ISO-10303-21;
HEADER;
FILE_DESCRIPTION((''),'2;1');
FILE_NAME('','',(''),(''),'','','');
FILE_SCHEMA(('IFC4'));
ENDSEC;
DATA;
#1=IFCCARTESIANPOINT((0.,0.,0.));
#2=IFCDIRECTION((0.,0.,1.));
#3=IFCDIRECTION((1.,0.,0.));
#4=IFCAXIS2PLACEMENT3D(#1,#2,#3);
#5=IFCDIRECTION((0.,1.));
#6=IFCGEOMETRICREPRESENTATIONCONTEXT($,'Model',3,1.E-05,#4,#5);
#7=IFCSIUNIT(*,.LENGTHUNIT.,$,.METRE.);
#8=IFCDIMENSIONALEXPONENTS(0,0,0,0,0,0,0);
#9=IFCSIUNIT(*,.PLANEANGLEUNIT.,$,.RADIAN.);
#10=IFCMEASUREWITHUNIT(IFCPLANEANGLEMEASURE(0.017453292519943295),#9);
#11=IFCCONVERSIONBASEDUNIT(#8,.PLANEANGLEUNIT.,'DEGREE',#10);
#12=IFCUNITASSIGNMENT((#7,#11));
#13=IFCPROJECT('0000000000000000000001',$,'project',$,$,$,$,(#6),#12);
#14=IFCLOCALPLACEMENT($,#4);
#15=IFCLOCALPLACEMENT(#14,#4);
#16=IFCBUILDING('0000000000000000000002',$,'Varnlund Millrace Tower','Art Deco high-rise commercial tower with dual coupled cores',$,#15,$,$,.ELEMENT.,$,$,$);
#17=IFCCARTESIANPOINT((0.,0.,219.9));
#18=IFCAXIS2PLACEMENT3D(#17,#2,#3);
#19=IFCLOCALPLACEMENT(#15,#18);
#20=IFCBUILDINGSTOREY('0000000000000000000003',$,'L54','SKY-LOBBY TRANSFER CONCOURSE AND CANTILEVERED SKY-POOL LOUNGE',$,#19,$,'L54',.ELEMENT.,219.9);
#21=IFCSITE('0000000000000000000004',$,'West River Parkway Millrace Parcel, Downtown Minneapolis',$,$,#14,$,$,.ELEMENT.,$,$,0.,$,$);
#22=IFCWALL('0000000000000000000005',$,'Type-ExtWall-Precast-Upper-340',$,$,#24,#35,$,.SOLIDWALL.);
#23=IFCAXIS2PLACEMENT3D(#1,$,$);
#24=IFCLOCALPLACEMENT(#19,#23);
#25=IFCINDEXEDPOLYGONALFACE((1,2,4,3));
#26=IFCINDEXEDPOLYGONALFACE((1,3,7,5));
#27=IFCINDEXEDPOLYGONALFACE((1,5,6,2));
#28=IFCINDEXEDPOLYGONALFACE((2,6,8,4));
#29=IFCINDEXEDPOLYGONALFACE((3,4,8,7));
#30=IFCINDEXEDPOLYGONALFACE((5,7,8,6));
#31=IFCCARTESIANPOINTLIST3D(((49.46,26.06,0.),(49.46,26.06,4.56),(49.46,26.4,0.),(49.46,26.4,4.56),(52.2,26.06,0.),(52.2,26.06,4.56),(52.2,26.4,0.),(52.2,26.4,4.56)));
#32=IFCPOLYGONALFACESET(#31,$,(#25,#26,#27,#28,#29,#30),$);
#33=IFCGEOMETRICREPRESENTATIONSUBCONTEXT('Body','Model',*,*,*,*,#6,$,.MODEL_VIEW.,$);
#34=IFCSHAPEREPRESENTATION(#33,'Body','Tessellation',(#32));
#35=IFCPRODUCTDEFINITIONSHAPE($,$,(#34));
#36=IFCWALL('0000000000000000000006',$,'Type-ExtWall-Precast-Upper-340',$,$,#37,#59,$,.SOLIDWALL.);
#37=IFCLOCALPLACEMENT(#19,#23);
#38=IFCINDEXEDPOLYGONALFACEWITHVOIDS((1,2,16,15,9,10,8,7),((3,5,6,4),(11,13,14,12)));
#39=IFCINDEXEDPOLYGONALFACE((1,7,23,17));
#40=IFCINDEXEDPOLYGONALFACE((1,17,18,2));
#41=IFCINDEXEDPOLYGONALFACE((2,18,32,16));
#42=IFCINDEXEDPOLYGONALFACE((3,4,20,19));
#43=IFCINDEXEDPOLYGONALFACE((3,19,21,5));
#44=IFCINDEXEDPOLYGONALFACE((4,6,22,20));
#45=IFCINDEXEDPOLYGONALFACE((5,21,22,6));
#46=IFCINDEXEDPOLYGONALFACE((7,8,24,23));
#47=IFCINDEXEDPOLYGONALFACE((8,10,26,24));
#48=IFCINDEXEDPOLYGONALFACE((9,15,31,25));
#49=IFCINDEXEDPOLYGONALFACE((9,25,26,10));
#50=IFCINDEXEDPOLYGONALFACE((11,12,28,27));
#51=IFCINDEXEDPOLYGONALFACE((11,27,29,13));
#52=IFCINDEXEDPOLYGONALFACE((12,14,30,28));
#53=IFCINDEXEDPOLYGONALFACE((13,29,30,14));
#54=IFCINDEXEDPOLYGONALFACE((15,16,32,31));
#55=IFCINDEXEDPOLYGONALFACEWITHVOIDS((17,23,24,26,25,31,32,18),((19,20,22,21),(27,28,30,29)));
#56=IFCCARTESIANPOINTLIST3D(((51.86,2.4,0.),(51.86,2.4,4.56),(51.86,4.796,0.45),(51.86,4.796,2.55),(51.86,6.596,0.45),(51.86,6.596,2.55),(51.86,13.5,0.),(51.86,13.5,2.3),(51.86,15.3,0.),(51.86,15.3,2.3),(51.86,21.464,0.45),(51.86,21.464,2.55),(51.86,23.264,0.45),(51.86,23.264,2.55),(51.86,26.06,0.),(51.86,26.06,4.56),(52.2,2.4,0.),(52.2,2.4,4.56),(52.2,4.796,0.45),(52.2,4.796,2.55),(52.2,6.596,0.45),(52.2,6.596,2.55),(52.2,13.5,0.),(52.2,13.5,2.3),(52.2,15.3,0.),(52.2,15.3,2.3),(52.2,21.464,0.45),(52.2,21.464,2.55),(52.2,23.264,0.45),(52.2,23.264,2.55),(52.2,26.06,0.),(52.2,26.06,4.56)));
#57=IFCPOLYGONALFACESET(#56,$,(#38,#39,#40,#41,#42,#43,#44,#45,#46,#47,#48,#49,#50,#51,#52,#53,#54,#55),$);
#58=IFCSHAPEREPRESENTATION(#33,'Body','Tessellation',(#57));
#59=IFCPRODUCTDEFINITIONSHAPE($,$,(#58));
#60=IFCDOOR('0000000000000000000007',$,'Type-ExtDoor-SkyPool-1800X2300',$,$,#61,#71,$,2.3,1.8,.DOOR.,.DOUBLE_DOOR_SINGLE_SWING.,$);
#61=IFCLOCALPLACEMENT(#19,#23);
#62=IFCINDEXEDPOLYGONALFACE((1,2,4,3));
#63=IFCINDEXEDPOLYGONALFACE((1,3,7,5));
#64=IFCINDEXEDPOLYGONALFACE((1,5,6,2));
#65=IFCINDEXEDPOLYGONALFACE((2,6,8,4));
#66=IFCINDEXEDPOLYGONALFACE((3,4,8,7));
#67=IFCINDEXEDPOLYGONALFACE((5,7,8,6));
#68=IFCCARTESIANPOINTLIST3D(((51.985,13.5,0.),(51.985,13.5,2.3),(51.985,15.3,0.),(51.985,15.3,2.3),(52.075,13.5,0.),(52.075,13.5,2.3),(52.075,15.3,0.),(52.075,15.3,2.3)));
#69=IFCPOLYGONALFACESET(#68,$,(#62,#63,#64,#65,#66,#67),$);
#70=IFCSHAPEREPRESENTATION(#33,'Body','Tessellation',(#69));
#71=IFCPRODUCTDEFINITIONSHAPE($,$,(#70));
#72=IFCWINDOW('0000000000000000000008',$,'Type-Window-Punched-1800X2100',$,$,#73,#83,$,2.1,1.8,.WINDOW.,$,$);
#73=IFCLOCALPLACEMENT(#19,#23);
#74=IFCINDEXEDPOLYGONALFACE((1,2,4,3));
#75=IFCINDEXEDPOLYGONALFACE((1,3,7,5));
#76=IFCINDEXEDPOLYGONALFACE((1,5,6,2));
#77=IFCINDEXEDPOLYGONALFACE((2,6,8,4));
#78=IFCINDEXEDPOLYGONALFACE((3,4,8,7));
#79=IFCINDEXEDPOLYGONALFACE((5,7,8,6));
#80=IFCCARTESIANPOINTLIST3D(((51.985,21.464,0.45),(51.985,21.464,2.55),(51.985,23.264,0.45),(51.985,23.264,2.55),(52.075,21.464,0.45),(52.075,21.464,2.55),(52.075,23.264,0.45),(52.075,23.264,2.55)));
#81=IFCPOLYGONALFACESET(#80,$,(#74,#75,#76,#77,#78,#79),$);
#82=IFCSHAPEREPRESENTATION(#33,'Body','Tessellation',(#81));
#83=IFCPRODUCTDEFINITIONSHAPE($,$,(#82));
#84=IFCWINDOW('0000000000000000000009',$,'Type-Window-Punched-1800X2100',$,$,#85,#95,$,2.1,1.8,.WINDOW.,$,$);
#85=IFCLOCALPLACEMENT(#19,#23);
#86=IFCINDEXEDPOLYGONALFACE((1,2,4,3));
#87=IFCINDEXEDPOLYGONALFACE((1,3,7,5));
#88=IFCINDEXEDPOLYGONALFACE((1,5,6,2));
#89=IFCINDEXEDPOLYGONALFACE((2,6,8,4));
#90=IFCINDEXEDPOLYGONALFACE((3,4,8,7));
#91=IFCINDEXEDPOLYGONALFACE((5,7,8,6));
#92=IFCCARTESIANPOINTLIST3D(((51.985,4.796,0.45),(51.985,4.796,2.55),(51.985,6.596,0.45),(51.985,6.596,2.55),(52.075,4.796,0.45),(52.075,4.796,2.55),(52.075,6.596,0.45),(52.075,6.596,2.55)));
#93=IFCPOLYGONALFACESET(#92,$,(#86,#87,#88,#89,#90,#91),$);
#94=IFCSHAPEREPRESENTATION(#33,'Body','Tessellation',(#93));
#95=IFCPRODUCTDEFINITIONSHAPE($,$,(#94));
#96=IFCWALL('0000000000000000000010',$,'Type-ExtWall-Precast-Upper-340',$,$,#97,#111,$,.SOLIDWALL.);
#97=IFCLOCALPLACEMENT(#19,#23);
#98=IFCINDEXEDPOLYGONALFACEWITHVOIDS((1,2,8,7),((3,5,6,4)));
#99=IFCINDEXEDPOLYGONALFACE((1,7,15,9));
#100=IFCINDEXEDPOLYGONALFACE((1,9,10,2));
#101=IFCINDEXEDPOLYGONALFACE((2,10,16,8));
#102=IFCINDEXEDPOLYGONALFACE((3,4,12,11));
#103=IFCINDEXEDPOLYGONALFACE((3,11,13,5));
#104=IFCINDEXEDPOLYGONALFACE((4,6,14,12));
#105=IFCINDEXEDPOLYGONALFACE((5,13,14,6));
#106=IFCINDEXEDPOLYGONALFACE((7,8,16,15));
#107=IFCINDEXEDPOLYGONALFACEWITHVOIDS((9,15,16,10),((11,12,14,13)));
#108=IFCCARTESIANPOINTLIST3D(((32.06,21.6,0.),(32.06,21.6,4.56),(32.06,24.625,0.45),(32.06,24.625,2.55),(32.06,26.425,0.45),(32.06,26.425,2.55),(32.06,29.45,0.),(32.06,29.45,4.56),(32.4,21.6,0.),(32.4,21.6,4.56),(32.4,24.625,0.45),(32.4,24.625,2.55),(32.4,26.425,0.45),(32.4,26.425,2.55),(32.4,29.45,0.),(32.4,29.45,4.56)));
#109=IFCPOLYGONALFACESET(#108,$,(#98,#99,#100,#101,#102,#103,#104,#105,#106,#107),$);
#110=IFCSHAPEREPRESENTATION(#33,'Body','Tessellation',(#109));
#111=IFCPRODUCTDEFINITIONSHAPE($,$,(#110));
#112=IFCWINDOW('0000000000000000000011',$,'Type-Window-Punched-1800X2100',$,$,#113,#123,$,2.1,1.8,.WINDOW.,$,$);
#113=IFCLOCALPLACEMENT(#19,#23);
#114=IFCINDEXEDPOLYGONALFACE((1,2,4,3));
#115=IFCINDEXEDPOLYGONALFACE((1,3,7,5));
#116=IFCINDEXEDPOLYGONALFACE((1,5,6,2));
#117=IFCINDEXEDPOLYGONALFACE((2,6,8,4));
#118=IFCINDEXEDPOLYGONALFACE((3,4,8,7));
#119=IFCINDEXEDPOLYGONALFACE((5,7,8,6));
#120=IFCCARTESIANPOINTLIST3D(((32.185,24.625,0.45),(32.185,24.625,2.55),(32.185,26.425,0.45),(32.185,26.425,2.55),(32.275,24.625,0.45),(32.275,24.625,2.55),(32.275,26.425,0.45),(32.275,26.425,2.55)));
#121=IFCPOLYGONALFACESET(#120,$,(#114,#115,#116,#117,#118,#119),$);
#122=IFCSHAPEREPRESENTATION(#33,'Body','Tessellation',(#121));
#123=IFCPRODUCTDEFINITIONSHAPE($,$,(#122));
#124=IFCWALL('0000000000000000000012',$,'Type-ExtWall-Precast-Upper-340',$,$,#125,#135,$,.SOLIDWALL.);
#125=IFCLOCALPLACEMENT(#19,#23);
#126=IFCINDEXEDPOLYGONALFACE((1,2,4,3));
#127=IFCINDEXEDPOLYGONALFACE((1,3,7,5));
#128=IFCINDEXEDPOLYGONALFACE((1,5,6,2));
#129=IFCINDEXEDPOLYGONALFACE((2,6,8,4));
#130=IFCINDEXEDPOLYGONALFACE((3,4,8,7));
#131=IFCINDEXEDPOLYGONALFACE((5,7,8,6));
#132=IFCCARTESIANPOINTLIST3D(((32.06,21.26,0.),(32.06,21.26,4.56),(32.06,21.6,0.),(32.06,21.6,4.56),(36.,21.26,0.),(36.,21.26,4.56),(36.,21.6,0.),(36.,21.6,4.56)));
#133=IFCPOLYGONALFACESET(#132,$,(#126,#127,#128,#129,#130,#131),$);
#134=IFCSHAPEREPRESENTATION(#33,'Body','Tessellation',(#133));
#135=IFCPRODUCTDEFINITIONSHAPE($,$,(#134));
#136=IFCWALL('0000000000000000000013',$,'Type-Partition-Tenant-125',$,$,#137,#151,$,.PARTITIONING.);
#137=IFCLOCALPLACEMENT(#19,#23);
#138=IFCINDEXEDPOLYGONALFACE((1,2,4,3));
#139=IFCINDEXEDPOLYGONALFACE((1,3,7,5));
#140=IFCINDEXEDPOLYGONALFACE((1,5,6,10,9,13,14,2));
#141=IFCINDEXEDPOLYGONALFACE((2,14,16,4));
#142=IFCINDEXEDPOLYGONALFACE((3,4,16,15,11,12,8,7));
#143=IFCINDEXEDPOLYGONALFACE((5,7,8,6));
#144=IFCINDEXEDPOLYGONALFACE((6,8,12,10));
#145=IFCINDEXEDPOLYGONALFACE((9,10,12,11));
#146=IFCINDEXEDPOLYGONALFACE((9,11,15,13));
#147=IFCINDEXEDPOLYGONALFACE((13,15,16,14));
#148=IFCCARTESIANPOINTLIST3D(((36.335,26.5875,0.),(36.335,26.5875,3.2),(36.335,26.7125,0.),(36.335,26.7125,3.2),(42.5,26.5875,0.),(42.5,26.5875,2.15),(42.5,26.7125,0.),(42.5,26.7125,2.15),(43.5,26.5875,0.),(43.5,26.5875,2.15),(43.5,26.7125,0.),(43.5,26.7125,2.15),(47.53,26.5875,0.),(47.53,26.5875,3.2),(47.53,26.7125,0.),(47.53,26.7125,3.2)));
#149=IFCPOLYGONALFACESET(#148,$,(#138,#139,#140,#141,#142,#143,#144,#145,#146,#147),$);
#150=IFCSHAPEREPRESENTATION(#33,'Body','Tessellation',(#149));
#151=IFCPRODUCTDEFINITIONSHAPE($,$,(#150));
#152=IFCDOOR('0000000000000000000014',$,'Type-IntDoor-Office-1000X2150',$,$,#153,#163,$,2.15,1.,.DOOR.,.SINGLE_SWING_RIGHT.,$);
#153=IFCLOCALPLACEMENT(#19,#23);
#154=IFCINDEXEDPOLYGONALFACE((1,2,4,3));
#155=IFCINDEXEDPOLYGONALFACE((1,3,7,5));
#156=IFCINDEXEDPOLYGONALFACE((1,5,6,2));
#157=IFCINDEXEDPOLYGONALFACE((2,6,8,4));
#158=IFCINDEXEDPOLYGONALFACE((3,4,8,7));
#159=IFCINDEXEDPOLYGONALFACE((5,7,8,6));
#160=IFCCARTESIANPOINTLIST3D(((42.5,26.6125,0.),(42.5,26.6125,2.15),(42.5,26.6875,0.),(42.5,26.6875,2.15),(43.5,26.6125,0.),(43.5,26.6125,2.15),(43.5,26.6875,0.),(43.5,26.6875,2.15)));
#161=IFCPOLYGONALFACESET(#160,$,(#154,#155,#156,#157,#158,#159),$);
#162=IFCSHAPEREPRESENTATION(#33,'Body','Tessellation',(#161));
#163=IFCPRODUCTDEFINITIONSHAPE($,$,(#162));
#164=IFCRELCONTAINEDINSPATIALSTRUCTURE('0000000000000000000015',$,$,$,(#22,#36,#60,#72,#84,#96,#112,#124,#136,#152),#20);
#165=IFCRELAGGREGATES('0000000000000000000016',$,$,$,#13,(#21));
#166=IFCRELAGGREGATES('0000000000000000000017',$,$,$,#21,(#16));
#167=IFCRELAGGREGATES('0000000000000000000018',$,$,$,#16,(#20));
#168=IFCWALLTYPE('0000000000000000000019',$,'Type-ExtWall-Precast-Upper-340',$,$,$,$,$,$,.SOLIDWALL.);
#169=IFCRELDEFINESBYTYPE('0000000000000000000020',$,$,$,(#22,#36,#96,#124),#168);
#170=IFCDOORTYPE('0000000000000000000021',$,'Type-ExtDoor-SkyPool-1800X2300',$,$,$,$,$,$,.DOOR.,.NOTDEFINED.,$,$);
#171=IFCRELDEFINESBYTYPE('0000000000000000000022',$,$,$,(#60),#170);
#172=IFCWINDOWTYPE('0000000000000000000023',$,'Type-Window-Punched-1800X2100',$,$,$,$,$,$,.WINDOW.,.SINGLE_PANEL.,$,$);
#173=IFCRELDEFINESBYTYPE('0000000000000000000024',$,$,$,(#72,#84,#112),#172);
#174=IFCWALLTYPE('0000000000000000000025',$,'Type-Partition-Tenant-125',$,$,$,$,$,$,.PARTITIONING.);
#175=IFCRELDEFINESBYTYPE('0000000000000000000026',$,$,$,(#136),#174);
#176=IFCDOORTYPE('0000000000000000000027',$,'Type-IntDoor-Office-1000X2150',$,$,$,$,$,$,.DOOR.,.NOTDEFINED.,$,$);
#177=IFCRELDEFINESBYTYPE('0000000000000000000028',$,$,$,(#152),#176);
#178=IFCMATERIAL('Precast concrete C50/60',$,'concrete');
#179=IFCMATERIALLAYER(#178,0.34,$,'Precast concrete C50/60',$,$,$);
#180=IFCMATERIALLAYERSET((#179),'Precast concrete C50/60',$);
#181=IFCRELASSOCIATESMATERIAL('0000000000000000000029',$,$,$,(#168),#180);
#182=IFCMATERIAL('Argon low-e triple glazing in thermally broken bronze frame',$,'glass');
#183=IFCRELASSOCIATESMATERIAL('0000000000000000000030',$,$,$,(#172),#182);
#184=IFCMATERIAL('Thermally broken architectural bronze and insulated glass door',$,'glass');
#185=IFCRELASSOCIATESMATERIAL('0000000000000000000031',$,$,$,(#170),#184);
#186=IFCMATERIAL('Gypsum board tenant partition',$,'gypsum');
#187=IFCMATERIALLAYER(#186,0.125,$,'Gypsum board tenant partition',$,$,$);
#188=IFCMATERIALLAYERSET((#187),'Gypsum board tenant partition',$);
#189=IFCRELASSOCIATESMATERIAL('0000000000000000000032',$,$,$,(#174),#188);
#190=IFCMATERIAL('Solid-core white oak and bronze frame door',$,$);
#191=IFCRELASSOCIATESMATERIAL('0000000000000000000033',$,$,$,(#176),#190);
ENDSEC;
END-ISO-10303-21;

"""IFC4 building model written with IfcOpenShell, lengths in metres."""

from ifc_helpers import new_model, entity, si_unit, converted_unit, direction, frame, origin_with_axes, origin_2d_with_axis, place, context, subcontext, project, spatial, polyline, rectangle, outline, extrude, material, layer, layer_set, type_object, element, fill, save


model = new_model("IFC4")

# Units and contexts
model_context = context("Model", 3, precision=1e-05, world=origin_with_axes(), true_north=direction((0.0, 1.0)))
body_context = subcontext(model_context, "Body", "Model", "MODEL_VIEW")
ifc_project = project(units=[si_unit("LENGTHUNIT", "METRE"), converted_unit("PLANEANGLEUNIT", "DEGREE", entity("IfcPlaneAngleMeasure", 0.017453292519943295), si_unit("PLANEANGLEUNIT", "RADIAN"), dimensions=[0, 0, 0, 0, 0, 0, 0])], contexts=[model_context])

# Site, building, storey
site_placement = place(None, origin_with_axes())
site = spatial("IfcSite", under=ifc_project, at=site_placement, Name="West River Parkway Millrace Parcel, Downtown Minneapolis", CompositionType="ELEMENT", RefElevation=0.0)
building_placement = place(site_placement, origin_with_axes())
building = spatial("IfcBuilding", under=site, at=building_placement, Name="Varnlund Millrace Tower", Description="Art Deco high-rise commercial tower with dual coupled cores", CompositionType="ELEMENT")
storey_placement = place(building_placement, frame((0.0, 0.0, 219.9), z_axis=(0.0, 0.0, 1.0), x_axis=(1.0, 0.0, 0.0)))
storey = spatial("IfcBuildingStorey", under=building, at=storey_placement, Name="L54", Description="SKY-LOBBY TRANSFER CONCOURSE AND CANTILEVERED SKY-POOL LOUNGE", LongName="L54", CompositionType="ELEMENT", Elevation=219.9)

# Shared definitions
ifc_material_1 = material(Name="Precast concrete C50/60", Category="concrete")
ifc_layer_1 = layer(ifc_material_1, 0.34, Name="Precast concrete C50/60")
ifc_layer_set_1 = layer_set([ifc_layer_1], Name="Precast concrete C50/60")
wall_type_1 = type_object("IfcWallType", Name="Type-ExtWall-Precast-Upper-340", PredefinedType="SOLIDWALL", material=ifc_layer_set_1)
ifc_material_2 = material(Name="Argon low-e triple glazing in thermally broken bronze frame", Category="glass")
window_type = type_object("IfcWindowType", Name="Type-Window-Punched-1800X2100", PartitioningType="SINGLE_PANEL", PredefinedType="WINDOW", material=ifc_material_2)

# Wall
wall_1_placement = place(storey_placement, frame((49.46, 26.23, 0.0), z_axis=(0.0, 0.0, 1.0), x_axis=(1.0, 0.0, 0.0)))
element("IfcWall", 1, at=wall_1_placement, inside=storey, type_object=wall_type_1, Name="Type-ExtWall-Precast-Upper-340", PredefinedType="SOLIDWALL", context=body_context, shape_type="SweptSolid", body=[
    extrude(outline(polyline([(0.0, -0.17), (2.74, -0.17), (2.74, 0.17), (0.0, 0.17), (0.0, -0.17)])), origin_with_axes(), (0.0, 0.0, 1.0), 4.56),
])

# Wall, openings, door, windows
wall_2_placement = place(storey_placement, frame((52.03, 26.06, 0.0), z_axis=(0.0, 0.0, 1.0), x_axis=(0.0, -1.0, 0.0)))
wall_2 = element("IfcWall", 2, at=wall_2_placement, inside=storey, type_object=wall_type_1, Name="Type-ExtWall-Precast-Upper-340", PredefinedType="SOLIDWALL", context=body_context, shape_type="SweptSolid", body=[
    extrude(outline(polyline([(0.0, -0.17), (23.66, -0.17), (23.66, 0.17), (0.0, 0.17), (0.0, -0.17)])), origin_with_axes(), (0.0, 0.0, 1.0), 4.56),
])
opening_1_placement = place(wall_2_placement, frame((11.66, 0.0, 0.0), z_axis=(0.0, 0.0, 1.0), x_axis=(1.0, 0.0, 0.0)))
opening_1 = element("IfcOpeningElement", 3, at=opening_1_placement, cuts=wall_2, PredefinedType="OPENING", context=body_context, shape_type="SweptSolid", body=[
    extrude(rectangle(XDim=1.8, YDim=0.36, at=origin_2d_with_axis()), origin_with_axes(), (0.0, 0.0, 1.0), 2.3),
])
opening_2_placement = place(wall_2_placement, frame((3.696, 0.0, 0.45), z_axis=(0.0, 0.0, 1.0), x_axis=(1.0, 0.0, 0.0)))
opening_2 = element("IfcOpeningElement", 4, at=opening_2_placement, cuts=wall_2, PredefinedType="OPENING", context=body_context, shape_type="SweptSolid", body=[
    extrude(rectangle(XDim=1.8, YDim=0.36, at=origin_2d_with_axis()), origin_with_axes(), (0.0, 0.0, 1.0), 2.1),
])
opening_3_placement = place(wall_2_placement, frame((20.364, 0.0, 0.45), z_axis=(0.0, 0.0, 1.0), x_axis=(1.0, 0.0, 0.0)))
opening_3 = element("IfcOpeningElement", 5, at=opening_3_placement, cuts=wall_2, PredefinedType="OPENING", context=body_context, shape_type="SweptSolid", body=[
    extrude(rectangle(XDim=1.8, YDim=0.36, at=origin_2d_with_axis()), origin_with_axes(), (0.0, 0.0, 1.0), 2.1),
])
ifc_material_3 = material(Name="Thermally broken architectural bronze and insulated glass door", Category="glass")
door_type_1 = type_object("IfcDoorType", Name="Type-ExtDoor-SkyPool-1800X2300", OperationType="NOTDEFINED", PredefinedType="DOOR", material=ifc_material_3)
door_1_placement = place(wall_2_placement, frame((11.66, 0.0, 0.0), z_axis=(0.0, 0.0, 1.0), x_axis=(1.0, 0.0, 0.0)))
door_1 = element("IfcDoor", 6, at=door_1_placement, inside=storey, type_object=door_type_1, Name="Type-ExtDoor-SkyPool-1800X2300", OperationType="DOUBLE_DOOR_SINGLE_SWING", OverallHeight=2.3, OverallWidth=1.8, PredefinedType="DOOR", context=body_context, shape_type="SweptSolid", body=[
    extrude(rectangle(XDim=1.8, YDim=0.09, at=origin_2d_with_axis()), origin_with_axes(), (0.0, 0.0, 1.0), 2.3),
])
fill(opening_1, door_1)
window_1_placement = place(wall_2_placement, frame((3.696, 0.0, 0.45), z_axis=(0.0, 0.0, 1.0), x_axis=(1.0, 0.0, 0.0)))
window_1 = element("IfcWindow", 7, at=window_1_placement, inside=storey, type_object=window_type, Name="Type-Window-Punched-1800X2100", OverallHeight=2.1, OverallWidth=1.8, PredefinedType="WINDOW", context=body_context, shape_type="SweptSolid", body=[
    extrude(rectangle(XDim=1.8, YDim=0.09, at=origin_2d_with_axis()), origin_with_axes(), (0.0, 0.0, 1.0), 2.1),
])
fill(opening_2, window_1)
window_2_placement = place(wall_2_placement, frame((20.364, 0.0, 0.45), z_axis=(0.0, 0.0, 1.0), x_axis=(1.0, 0.0, 0.0)))
window_2 = element("IfcWindow", 8, at=window_2_placement, inside=storey, type_object=window_type, Name="Type-Window-Punched-1800X2100", OverallHeight=2.1, OverallWidth=1.8, PredefinedType="WINDOW", context=body_context, shape_type="SweptSolid", body=[
    extrude(rectangle(XDim=1.8, YDim=0.09, at=origin_2d_with_axis()), origin_with_axes(), (0.0, 0.0, 1.0), 2.1),
])
fill(opening_3, window_2)

# Wall, opening, window
wall_3_placement = place(storey_placement, frame((32.23, 29.45, 0.0), z_axis=(0.0, 0.0, 1.0), x_axis=(0.0, -1.0, 0.0)))
wall_3 = element("IfcWall", 9, at=wall_3_placement, inside=storey, type_object=wall_type_1, Name="Type-ExtWall-Precast-Upper-340", PredefinedType="SOLIDWALL", context=body_context, shape_type="SweptSolid", body=[
    extrude(outline(polyline([(0.0, -0.17), (7.85, -0.17), (7.85, 0.17), (0.0, 0.17), (0.0, -0.17)])), origin_with_axes(), (0.0, 0.0, 1.0), 4.56),
])
opening_4_placement = place(wall_3_placement, frame((3.925, 0.0, 0.45), z_axis=(0.0, 0.0, 1.0), x_axis=(1.0, 0.0, 0.0)))
opening_4 = element("IfcOpeningElement", 10, at=opening_4_placement, cuts=wall_3, PredefinedType="OPENING", context=body_context, shape_type="SweptSolid", body=[
    extrude(rectangle(XDim=1.8, YDim=0.36, at=origin_2d_with_axis()), origin_with_axes(), (0.0, 0.0, 1.0), 2.1),
])
window_3_placement = place(wall_3_placement, frame((3.925, 0.0, 0.45), z_axis=(0.0, 0.0, 1.0), x_axis=(1.0, 0.0, 0.0)))
window_3 = element("IfcWindow", 11, at=window_3_placement, inside=storey, type_object=window_type, Name="Type-Window-Punched-1800X2100", OverallHeight=2.1, OverallWidth=1.8, PredefinedType="WINDOW", context=body_context, shape_type="SweptSolid", body=[
    extrude(rectangle(XDim=1.8, YDim=0.09, at=origin_2d_with_axis()), origin_with_axes(), (0.0, 0.0, 1.0), 2.1),
])
fill(opening_4, window_3)

# Wall
wall_4_placement = place(storey_placement, frame((32.06, 21.43, 0.0), z_axis=(0.0, 0.0, 1.0), x_axis=(1.0, 0.0, 0.0)))
element("IfcWall", 12, at=wall_4_placement, inside=storey, type_object=wall_type_1, Name="Type-ExtWall-Precast-Upper-340", PredefinedType="SOLIDWALL", context=body_context, shape_type="SweptSolid", body=[
    extrude(outline(polyline([(0.0, -0.17), (3.94, -0.17), (3.94, 0.17), (0.0, 0.17), (0.0, -0.17)])), origin_with_axes(), (0.0, 0.0, 1.0), 4.56),
])

# Wall, opening, door
ifc_material_4 = material(Name="Gypsum board tenant partition", Category="gypsum")
ifc_layer_2 = layer(ifc_material_4, 0.125, Name="Gypsum board tenant partition")
ifc_layer_set_2 = layer_set([ifc_layer_2], Name="Gypsum board tenant partition")
wall_type_2 = type_object("IfcWallType", Name="Type-Partition-Tenant-125", PredefinedType="PARTITIONING", material=ifc_layer_set_2)
wall_5_placement = place(storey_placement, frame((36.335, 26.65, 0.0), z_axis=(0.0, 0.0, 1.0), x_axis=(1.0, 0.0, 0.0)))
wall_5 = element("IfcWall", 13, at=wall_5_placement, inside=storey, type_object=wall_type_2, Name="Type-Partition-Tenant-125", PredefinedType="PARTITIONING", context=body_context, shape_type="SweptSolid", body=[
    extrude(outline(polyline([(0.0, -0.0625), (11.195, -0.0625), (11.195, 0.0625), (0.0, 0.0625), (0.0, -0.0625)])), origin_with_axes(), (0.0, 0.0, 1.0), 3.2),
])
opening_5_placement = place(wall_5_placement, frame((6.665, 0.0, 0.0), z_axis=(0.0, 0.0, 1.0), x_axis=(1.0, 0.0, 0.0)))
opening_5 = element("IfcOpeningElement", 14, at=opening_5_placement, cuts=wall_5, PredefinedType="OPENING", context=body_context, shape_type="SweptSolid", body=[
    extrude(rectangle(XDim=1.0, YDim=0.145, at=origin_2d_with_axis()), origin_with_axes(), (0.0, 0.0, 1.0), 2.15),
])
ifc_material_5 = material(Name="Solid-core white oak and bronze frame door")
door_type_2 = type_object("IfcDoorType", Name="Type-IntDoor-Office-1000X2150", OperationType="NOTDEFINED", PredefinedType="DOOR", material=ifc_material_5)
door_2_placement = place(wall_5_placement, frame((6.665, 0.0, 0.0), z_axis=(0.0, 0.0, 1.0), x_axis=(1.0, 0.0, 0.0)))
door_2 = element("IfcDoor", 15, at=door_2_placement, inside=storey, type_object=door_type_2, Name="Type-IntDoor-Office-1000X2150", OperationType="SINGLE_SWING_RIGHT", OverallHeight=2.15, OverallWidth=1.0, PredefinedType="DOOR", context=body_context, shape_type="SweptSolid", body=[
    extrude(rectangle(XDim=1.0, YDim=0.075, at=origin_2d_with_axis()), origin_with_axes(), (0.0, 0.0, 1.0), 2.15),
])
fill(opening_5, door_2)

save(model, "model.ifc")
